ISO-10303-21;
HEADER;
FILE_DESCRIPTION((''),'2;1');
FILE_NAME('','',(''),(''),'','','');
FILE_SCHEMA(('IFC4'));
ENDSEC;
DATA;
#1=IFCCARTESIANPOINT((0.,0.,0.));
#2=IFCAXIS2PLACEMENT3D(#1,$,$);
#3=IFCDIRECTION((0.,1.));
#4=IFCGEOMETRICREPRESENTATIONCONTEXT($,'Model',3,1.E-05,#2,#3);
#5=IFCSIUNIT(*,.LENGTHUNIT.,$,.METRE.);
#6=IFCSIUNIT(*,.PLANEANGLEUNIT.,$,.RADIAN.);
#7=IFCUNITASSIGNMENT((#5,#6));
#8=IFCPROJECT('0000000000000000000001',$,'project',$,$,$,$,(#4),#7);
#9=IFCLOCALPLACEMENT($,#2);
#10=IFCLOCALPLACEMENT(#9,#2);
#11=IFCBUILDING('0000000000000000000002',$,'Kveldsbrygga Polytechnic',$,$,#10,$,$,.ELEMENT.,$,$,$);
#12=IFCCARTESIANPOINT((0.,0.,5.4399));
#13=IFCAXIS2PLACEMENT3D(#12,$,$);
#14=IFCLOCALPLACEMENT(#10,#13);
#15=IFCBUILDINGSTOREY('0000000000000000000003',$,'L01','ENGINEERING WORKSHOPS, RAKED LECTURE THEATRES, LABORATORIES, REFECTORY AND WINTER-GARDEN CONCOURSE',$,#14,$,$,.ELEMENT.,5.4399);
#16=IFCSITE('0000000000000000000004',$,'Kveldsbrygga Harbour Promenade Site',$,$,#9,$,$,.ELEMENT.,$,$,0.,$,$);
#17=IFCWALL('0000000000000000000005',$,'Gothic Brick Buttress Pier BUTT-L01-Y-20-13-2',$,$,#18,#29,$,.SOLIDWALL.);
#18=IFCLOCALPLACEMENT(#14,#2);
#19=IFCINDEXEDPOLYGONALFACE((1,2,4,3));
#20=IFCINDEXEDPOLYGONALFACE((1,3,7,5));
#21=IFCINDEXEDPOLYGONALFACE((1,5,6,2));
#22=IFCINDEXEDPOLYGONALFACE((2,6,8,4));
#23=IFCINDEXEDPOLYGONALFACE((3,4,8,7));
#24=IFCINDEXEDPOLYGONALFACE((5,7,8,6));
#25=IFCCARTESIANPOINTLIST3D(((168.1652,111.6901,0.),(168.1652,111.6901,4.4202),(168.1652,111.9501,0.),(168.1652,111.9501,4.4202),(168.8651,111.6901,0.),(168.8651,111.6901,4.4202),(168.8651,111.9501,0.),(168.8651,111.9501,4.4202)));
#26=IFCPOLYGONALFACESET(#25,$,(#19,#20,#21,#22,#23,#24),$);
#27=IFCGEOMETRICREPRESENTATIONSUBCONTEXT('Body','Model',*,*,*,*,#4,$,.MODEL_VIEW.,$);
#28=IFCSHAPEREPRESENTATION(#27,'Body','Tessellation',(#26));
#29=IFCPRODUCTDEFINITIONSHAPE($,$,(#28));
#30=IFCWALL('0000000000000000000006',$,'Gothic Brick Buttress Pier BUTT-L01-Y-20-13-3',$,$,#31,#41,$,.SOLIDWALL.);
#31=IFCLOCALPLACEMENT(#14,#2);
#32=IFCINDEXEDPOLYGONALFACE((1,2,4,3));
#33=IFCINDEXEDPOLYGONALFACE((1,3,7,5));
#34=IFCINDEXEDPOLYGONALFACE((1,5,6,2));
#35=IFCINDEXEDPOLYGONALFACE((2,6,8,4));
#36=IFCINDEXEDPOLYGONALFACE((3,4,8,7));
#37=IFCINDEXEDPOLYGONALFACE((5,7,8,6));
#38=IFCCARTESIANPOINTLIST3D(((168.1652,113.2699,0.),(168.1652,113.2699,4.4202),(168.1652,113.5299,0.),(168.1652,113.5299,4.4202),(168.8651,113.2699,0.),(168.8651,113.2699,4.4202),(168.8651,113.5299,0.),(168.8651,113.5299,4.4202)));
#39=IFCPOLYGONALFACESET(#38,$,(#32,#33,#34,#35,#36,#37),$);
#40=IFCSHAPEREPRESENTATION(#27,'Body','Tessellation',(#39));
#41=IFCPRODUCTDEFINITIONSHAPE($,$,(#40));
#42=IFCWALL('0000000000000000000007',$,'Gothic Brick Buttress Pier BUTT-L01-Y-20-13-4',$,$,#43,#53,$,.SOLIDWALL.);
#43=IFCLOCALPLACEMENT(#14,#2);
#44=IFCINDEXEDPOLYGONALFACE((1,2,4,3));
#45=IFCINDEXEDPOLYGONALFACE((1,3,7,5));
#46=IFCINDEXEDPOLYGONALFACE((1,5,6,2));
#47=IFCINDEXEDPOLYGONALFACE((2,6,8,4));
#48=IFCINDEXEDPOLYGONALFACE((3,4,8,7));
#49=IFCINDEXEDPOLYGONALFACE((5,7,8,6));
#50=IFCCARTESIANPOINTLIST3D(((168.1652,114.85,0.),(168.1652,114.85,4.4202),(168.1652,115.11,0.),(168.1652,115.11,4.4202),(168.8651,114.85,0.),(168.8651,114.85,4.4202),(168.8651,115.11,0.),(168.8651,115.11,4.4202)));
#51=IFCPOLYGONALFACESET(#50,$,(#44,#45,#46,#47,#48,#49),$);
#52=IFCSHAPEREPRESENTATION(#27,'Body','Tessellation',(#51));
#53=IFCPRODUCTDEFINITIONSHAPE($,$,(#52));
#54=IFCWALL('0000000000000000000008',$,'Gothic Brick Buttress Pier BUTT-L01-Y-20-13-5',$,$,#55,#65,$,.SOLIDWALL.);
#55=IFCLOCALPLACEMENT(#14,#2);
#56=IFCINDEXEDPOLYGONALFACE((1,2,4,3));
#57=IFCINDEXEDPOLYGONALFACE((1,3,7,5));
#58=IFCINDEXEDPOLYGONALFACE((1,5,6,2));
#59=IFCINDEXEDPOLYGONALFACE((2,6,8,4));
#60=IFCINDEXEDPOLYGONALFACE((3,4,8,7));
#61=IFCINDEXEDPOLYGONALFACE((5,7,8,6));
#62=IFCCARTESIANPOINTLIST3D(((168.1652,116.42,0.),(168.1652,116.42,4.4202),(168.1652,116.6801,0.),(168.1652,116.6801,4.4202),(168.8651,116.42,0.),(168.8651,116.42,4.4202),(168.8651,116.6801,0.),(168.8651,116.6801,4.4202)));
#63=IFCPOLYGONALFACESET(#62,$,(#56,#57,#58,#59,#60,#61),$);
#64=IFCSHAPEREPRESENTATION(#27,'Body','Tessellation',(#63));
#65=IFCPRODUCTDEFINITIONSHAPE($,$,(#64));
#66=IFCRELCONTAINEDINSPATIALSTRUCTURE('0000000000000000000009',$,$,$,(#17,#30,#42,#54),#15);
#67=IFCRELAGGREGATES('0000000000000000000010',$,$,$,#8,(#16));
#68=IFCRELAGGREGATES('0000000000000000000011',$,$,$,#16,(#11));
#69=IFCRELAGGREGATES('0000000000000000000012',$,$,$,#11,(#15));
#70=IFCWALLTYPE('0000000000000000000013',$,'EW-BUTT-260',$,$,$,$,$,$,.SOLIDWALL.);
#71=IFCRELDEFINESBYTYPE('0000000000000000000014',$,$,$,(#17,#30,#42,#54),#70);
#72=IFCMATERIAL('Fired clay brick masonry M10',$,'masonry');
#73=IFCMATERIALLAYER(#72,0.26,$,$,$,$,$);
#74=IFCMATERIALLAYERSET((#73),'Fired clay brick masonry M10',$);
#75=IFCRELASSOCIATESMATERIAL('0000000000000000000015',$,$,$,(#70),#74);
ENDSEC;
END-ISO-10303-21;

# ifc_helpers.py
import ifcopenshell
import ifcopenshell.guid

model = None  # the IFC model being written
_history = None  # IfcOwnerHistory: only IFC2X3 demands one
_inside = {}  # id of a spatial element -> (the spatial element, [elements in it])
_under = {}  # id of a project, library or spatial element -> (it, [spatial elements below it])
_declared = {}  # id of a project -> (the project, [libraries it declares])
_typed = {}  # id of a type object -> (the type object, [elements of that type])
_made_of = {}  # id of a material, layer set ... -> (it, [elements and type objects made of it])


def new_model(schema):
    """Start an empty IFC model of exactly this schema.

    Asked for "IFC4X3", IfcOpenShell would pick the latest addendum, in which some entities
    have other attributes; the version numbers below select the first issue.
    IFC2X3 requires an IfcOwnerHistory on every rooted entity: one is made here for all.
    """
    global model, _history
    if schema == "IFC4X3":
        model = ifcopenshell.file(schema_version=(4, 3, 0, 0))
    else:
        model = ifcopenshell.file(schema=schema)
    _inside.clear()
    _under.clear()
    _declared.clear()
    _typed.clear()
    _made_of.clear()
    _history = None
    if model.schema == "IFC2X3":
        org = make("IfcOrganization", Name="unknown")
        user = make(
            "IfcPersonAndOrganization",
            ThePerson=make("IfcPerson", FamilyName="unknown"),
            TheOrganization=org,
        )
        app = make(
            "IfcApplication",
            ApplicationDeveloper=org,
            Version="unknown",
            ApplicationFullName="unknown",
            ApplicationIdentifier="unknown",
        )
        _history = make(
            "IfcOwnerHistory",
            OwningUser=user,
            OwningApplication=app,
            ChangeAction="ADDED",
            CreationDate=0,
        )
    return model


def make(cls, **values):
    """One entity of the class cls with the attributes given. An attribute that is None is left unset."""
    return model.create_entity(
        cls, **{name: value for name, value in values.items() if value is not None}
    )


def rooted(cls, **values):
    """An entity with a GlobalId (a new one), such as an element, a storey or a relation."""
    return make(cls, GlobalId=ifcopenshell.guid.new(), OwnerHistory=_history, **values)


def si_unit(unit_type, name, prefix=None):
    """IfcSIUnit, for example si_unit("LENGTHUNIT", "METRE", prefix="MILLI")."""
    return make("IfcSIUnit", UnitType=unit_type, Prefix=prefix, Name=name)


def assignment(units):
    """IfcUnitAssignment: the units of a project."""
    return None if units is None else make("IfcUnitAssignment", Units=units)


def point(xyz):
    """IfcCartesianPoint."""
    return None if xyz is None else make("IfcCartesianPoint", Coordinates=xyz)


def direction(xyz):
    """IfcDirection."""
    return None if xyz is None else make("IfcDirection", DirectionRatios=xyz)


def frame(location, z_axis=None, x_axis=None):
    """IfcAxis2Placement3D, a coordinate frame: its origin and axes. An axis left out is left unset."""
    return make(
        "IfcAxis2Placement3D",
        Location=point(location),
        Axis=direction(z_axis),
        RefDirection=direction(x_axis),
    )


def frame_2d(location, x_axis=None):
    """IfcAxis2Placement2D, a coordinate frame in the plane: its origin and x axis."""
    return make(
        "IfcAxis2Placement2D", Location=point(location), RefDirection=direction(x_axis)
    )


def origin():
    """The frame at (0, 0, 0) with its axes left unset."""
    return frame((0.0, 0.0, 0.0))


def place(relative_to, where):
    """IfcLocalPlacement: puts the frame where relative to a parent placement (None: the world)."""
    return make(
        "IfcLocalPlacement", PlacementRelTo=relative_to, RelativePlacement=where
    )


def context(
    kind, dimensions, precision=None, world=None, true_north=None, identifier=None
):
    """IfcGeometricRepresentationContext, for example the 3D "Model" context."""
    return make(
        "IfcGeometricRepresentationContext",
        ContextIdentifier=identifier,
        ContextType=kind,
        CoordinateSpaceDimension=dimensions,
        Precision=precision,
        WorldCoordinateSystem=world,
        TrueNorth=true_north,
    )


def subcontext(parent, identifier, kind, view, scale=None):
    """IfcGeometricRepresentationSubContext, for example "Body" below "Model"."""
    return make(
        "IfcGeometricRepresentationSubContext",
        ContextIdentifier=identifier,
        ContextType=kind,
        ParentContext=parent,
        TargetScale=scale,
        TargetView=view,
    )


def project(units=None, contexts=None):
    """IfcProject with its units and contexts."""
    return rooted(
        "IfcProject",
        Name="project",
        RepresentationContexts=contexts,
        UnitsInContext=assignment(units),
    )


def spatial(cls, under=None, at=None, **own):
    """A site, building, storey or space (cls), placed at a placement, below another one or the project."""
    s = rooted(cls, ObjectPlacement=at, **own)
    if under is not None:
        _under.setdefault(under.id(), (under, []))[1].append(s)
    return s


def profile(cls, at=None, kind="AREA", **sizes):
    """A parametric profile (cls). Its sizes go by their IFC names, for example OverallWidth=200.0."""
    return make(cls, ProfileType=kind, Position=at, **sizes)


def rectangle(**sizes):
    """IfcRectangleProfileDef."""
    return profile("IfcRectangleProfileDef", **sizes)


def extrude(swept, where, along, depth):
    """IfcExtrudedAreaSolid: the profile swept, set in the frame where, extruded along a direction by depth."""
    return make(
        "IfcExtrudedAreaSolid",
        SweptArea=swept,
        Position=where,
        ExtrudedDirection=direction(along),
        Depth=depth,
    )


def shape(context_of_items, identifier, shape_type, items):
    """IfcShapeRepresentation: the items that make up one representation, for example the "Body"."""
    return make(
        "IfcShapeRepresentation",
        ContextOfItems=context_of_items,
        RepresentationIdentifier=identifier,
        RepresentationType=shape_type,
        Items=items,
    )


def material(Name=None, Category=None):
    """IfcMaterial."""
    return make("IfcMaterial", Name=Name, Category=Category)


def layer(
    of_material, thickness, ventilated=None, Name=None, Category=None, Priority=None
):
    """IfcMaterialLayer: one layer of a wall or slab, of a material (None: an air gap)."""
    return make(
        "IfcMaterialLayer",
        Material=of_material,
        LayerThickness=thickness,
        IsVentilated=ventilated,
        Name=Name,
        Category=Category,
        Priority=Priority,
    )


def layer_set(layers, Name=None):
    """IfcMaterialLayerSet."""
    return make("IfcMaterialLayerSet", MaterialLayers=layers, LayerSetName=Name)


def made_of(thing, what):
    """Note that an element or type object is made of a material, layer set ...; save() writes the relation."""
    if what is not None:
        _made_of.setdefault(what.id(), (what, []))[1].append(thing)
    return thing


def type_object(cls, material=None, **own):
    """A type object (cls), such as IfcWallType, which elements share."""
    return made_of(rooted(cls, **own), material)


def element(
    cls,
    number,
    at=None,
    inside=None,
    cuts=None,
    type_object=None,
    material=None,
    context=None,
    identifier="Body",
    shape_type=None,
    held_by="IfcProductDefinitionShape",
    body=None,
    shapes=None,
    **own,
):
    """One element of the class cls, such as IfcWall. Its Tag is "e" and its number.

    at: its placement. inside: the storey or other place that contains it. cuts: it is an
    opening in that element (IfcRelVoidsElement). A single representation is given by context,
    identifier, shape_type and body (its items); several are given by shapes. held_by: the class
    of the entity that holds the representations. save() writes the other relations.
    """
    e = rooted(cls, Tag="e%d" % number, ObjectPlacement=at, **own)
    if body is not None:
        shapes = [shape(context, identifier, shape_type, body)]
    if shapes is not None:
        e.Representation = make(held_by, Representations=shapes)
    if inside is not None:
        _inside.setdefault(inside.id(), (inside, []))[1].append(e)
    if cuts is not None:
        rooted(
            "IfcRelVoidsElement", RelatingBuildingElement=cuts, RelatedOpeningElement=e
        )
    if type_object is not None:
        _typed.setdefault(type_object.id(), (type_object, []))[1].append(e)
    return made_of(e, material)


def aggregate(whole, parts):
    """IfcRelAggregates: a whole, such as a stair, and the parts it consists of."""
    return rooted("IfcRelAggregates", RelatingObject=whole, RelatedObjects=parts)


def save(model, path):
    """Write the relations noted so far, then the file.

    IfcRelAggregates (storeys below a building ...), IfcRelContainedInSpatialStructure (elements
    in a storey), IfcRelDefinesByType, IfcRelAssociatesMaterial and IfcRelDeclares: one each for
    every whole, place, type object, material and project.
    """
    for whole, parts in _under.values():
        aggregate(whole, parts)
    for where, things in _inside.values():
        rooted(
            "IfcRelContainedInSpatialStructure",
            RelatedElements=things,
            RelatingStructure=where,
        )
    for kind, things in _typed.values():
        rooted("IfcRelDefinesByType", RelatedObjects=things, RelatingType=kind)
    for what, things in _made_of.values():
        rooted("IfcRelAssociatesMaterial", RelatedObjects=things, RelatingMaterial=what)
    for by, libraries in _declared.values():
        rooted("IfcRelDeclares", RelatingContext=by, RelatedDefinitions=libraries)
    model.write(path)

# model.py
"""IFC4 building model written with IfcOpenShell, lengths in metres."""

from ifc_helpers import new_model, si_unit, direction, frame, frame_2d, origin, place, context, subcontext, project, spatial, rectangle, extrude, material, layer, layer_set, type_object, element, save


model = new_model("IFC4")

# Units and contexts
model_context = context("Model", 3, precision=1e-05, world=origin(), true_north=direction((0.0, 1.0)))
body_context = subcontext(model_context, "Body", "Model", "MODEL_VIEW")
ifc_project = project(units=[si_unit("LENGTHUNIT", "METRE"), si_unit("PLANEANGLEUNIT", "RADIAN")], contexts=[model_context])

# Site, building, storey
site_placement = place(None, origin())
site = spatial("IfcSite", under=ifc_project, at=site_placement, Name="Kveldsbrygga Harbour Promenade Site", CompositionType="ELEMENT", RefElevation=0.0)
building_placement = place(site_placement, origin())
building = spatial("IfcBuilding", under=site, at=building_placement, Name="Kveldsbrygga Polytechnic", CompositionType="ELEMENT")
storey_placement = place(building_placement, frame((0.0, 0.0, 5.4399)))
storey = spatial("IfcBuildingStorey", under=building, at=storey_placement, Name="L01", Description="ENGINEERING WORKSHOPS, RAKED LECTURE THEATRES, LABORATORIES, REFECTORY AND WINTER-GARDEN CONCOURSE", CompositionType="ELEMENT", Elevation=5.4399)

# Shared definitions
ifc_material_1 = material(Name="Fired clay brick masonry M10", Category="masonry")

# Walls
ifc_layer_1 = layer(ifc_material_1, 0.26)
ifc_layer_set_1 = layer_set([ifc_layer_1], Name="Fired clay brick masonry M10")
wall_type_1 = type_object("IfcWallType", Name="EW-BUTT-260", PredefinedType="SOLIDWALL", material=ifc_layer_set_1)
for number, where, z_axis, x_axis, name in (
    (1, (168.165, 111.8201, 0.0), (0.0, 0.0, 1.0), (1.0, 0.0, 0.0), "Gothic Brick Buttress Pier BUTT-L01-Y-20-13-2"),
    (2, (168.165, 113.3999, 0.0), (0.0, 0.0, 1.0), (1.0, 0.0, 0.0), "Gothic Brick Buttress Pier BUTT-L01-Y-20-13-3"),
    (3, (168.165, 114.98, 0.0), (0.0, 0.0, 1.0), (1.0, 0.0, 0.0), "Gothic Brick Buttress Pier BUTT-L01-Y-20-13-4"),
    (4, (168.165, 116.55, 0.0), (0.0, 0.0, 1.0), (1.0, 0.0, 0.0), "Gothic Brick Buttress Pier BUTT-L01-Y-20-13-5"),
):
    element("IfcWall", number, at=place(storey_placement, frame(where, z_axis=z_axis, x_axis=x_axis)), inside=storey, type_object=wall_type_1, Name=name, PredefinedType="SOLIDWALL", context=body_context, shape_type="SweptSolid", body=[
        extrude(rectangle(XDim=0.7, YDim=0.26, at=frame_2d((0.3501, 0.0))), origin(), (0.0, 0.0, 1.0), 4.4202),
    ])

save(model, "model.ifc")
